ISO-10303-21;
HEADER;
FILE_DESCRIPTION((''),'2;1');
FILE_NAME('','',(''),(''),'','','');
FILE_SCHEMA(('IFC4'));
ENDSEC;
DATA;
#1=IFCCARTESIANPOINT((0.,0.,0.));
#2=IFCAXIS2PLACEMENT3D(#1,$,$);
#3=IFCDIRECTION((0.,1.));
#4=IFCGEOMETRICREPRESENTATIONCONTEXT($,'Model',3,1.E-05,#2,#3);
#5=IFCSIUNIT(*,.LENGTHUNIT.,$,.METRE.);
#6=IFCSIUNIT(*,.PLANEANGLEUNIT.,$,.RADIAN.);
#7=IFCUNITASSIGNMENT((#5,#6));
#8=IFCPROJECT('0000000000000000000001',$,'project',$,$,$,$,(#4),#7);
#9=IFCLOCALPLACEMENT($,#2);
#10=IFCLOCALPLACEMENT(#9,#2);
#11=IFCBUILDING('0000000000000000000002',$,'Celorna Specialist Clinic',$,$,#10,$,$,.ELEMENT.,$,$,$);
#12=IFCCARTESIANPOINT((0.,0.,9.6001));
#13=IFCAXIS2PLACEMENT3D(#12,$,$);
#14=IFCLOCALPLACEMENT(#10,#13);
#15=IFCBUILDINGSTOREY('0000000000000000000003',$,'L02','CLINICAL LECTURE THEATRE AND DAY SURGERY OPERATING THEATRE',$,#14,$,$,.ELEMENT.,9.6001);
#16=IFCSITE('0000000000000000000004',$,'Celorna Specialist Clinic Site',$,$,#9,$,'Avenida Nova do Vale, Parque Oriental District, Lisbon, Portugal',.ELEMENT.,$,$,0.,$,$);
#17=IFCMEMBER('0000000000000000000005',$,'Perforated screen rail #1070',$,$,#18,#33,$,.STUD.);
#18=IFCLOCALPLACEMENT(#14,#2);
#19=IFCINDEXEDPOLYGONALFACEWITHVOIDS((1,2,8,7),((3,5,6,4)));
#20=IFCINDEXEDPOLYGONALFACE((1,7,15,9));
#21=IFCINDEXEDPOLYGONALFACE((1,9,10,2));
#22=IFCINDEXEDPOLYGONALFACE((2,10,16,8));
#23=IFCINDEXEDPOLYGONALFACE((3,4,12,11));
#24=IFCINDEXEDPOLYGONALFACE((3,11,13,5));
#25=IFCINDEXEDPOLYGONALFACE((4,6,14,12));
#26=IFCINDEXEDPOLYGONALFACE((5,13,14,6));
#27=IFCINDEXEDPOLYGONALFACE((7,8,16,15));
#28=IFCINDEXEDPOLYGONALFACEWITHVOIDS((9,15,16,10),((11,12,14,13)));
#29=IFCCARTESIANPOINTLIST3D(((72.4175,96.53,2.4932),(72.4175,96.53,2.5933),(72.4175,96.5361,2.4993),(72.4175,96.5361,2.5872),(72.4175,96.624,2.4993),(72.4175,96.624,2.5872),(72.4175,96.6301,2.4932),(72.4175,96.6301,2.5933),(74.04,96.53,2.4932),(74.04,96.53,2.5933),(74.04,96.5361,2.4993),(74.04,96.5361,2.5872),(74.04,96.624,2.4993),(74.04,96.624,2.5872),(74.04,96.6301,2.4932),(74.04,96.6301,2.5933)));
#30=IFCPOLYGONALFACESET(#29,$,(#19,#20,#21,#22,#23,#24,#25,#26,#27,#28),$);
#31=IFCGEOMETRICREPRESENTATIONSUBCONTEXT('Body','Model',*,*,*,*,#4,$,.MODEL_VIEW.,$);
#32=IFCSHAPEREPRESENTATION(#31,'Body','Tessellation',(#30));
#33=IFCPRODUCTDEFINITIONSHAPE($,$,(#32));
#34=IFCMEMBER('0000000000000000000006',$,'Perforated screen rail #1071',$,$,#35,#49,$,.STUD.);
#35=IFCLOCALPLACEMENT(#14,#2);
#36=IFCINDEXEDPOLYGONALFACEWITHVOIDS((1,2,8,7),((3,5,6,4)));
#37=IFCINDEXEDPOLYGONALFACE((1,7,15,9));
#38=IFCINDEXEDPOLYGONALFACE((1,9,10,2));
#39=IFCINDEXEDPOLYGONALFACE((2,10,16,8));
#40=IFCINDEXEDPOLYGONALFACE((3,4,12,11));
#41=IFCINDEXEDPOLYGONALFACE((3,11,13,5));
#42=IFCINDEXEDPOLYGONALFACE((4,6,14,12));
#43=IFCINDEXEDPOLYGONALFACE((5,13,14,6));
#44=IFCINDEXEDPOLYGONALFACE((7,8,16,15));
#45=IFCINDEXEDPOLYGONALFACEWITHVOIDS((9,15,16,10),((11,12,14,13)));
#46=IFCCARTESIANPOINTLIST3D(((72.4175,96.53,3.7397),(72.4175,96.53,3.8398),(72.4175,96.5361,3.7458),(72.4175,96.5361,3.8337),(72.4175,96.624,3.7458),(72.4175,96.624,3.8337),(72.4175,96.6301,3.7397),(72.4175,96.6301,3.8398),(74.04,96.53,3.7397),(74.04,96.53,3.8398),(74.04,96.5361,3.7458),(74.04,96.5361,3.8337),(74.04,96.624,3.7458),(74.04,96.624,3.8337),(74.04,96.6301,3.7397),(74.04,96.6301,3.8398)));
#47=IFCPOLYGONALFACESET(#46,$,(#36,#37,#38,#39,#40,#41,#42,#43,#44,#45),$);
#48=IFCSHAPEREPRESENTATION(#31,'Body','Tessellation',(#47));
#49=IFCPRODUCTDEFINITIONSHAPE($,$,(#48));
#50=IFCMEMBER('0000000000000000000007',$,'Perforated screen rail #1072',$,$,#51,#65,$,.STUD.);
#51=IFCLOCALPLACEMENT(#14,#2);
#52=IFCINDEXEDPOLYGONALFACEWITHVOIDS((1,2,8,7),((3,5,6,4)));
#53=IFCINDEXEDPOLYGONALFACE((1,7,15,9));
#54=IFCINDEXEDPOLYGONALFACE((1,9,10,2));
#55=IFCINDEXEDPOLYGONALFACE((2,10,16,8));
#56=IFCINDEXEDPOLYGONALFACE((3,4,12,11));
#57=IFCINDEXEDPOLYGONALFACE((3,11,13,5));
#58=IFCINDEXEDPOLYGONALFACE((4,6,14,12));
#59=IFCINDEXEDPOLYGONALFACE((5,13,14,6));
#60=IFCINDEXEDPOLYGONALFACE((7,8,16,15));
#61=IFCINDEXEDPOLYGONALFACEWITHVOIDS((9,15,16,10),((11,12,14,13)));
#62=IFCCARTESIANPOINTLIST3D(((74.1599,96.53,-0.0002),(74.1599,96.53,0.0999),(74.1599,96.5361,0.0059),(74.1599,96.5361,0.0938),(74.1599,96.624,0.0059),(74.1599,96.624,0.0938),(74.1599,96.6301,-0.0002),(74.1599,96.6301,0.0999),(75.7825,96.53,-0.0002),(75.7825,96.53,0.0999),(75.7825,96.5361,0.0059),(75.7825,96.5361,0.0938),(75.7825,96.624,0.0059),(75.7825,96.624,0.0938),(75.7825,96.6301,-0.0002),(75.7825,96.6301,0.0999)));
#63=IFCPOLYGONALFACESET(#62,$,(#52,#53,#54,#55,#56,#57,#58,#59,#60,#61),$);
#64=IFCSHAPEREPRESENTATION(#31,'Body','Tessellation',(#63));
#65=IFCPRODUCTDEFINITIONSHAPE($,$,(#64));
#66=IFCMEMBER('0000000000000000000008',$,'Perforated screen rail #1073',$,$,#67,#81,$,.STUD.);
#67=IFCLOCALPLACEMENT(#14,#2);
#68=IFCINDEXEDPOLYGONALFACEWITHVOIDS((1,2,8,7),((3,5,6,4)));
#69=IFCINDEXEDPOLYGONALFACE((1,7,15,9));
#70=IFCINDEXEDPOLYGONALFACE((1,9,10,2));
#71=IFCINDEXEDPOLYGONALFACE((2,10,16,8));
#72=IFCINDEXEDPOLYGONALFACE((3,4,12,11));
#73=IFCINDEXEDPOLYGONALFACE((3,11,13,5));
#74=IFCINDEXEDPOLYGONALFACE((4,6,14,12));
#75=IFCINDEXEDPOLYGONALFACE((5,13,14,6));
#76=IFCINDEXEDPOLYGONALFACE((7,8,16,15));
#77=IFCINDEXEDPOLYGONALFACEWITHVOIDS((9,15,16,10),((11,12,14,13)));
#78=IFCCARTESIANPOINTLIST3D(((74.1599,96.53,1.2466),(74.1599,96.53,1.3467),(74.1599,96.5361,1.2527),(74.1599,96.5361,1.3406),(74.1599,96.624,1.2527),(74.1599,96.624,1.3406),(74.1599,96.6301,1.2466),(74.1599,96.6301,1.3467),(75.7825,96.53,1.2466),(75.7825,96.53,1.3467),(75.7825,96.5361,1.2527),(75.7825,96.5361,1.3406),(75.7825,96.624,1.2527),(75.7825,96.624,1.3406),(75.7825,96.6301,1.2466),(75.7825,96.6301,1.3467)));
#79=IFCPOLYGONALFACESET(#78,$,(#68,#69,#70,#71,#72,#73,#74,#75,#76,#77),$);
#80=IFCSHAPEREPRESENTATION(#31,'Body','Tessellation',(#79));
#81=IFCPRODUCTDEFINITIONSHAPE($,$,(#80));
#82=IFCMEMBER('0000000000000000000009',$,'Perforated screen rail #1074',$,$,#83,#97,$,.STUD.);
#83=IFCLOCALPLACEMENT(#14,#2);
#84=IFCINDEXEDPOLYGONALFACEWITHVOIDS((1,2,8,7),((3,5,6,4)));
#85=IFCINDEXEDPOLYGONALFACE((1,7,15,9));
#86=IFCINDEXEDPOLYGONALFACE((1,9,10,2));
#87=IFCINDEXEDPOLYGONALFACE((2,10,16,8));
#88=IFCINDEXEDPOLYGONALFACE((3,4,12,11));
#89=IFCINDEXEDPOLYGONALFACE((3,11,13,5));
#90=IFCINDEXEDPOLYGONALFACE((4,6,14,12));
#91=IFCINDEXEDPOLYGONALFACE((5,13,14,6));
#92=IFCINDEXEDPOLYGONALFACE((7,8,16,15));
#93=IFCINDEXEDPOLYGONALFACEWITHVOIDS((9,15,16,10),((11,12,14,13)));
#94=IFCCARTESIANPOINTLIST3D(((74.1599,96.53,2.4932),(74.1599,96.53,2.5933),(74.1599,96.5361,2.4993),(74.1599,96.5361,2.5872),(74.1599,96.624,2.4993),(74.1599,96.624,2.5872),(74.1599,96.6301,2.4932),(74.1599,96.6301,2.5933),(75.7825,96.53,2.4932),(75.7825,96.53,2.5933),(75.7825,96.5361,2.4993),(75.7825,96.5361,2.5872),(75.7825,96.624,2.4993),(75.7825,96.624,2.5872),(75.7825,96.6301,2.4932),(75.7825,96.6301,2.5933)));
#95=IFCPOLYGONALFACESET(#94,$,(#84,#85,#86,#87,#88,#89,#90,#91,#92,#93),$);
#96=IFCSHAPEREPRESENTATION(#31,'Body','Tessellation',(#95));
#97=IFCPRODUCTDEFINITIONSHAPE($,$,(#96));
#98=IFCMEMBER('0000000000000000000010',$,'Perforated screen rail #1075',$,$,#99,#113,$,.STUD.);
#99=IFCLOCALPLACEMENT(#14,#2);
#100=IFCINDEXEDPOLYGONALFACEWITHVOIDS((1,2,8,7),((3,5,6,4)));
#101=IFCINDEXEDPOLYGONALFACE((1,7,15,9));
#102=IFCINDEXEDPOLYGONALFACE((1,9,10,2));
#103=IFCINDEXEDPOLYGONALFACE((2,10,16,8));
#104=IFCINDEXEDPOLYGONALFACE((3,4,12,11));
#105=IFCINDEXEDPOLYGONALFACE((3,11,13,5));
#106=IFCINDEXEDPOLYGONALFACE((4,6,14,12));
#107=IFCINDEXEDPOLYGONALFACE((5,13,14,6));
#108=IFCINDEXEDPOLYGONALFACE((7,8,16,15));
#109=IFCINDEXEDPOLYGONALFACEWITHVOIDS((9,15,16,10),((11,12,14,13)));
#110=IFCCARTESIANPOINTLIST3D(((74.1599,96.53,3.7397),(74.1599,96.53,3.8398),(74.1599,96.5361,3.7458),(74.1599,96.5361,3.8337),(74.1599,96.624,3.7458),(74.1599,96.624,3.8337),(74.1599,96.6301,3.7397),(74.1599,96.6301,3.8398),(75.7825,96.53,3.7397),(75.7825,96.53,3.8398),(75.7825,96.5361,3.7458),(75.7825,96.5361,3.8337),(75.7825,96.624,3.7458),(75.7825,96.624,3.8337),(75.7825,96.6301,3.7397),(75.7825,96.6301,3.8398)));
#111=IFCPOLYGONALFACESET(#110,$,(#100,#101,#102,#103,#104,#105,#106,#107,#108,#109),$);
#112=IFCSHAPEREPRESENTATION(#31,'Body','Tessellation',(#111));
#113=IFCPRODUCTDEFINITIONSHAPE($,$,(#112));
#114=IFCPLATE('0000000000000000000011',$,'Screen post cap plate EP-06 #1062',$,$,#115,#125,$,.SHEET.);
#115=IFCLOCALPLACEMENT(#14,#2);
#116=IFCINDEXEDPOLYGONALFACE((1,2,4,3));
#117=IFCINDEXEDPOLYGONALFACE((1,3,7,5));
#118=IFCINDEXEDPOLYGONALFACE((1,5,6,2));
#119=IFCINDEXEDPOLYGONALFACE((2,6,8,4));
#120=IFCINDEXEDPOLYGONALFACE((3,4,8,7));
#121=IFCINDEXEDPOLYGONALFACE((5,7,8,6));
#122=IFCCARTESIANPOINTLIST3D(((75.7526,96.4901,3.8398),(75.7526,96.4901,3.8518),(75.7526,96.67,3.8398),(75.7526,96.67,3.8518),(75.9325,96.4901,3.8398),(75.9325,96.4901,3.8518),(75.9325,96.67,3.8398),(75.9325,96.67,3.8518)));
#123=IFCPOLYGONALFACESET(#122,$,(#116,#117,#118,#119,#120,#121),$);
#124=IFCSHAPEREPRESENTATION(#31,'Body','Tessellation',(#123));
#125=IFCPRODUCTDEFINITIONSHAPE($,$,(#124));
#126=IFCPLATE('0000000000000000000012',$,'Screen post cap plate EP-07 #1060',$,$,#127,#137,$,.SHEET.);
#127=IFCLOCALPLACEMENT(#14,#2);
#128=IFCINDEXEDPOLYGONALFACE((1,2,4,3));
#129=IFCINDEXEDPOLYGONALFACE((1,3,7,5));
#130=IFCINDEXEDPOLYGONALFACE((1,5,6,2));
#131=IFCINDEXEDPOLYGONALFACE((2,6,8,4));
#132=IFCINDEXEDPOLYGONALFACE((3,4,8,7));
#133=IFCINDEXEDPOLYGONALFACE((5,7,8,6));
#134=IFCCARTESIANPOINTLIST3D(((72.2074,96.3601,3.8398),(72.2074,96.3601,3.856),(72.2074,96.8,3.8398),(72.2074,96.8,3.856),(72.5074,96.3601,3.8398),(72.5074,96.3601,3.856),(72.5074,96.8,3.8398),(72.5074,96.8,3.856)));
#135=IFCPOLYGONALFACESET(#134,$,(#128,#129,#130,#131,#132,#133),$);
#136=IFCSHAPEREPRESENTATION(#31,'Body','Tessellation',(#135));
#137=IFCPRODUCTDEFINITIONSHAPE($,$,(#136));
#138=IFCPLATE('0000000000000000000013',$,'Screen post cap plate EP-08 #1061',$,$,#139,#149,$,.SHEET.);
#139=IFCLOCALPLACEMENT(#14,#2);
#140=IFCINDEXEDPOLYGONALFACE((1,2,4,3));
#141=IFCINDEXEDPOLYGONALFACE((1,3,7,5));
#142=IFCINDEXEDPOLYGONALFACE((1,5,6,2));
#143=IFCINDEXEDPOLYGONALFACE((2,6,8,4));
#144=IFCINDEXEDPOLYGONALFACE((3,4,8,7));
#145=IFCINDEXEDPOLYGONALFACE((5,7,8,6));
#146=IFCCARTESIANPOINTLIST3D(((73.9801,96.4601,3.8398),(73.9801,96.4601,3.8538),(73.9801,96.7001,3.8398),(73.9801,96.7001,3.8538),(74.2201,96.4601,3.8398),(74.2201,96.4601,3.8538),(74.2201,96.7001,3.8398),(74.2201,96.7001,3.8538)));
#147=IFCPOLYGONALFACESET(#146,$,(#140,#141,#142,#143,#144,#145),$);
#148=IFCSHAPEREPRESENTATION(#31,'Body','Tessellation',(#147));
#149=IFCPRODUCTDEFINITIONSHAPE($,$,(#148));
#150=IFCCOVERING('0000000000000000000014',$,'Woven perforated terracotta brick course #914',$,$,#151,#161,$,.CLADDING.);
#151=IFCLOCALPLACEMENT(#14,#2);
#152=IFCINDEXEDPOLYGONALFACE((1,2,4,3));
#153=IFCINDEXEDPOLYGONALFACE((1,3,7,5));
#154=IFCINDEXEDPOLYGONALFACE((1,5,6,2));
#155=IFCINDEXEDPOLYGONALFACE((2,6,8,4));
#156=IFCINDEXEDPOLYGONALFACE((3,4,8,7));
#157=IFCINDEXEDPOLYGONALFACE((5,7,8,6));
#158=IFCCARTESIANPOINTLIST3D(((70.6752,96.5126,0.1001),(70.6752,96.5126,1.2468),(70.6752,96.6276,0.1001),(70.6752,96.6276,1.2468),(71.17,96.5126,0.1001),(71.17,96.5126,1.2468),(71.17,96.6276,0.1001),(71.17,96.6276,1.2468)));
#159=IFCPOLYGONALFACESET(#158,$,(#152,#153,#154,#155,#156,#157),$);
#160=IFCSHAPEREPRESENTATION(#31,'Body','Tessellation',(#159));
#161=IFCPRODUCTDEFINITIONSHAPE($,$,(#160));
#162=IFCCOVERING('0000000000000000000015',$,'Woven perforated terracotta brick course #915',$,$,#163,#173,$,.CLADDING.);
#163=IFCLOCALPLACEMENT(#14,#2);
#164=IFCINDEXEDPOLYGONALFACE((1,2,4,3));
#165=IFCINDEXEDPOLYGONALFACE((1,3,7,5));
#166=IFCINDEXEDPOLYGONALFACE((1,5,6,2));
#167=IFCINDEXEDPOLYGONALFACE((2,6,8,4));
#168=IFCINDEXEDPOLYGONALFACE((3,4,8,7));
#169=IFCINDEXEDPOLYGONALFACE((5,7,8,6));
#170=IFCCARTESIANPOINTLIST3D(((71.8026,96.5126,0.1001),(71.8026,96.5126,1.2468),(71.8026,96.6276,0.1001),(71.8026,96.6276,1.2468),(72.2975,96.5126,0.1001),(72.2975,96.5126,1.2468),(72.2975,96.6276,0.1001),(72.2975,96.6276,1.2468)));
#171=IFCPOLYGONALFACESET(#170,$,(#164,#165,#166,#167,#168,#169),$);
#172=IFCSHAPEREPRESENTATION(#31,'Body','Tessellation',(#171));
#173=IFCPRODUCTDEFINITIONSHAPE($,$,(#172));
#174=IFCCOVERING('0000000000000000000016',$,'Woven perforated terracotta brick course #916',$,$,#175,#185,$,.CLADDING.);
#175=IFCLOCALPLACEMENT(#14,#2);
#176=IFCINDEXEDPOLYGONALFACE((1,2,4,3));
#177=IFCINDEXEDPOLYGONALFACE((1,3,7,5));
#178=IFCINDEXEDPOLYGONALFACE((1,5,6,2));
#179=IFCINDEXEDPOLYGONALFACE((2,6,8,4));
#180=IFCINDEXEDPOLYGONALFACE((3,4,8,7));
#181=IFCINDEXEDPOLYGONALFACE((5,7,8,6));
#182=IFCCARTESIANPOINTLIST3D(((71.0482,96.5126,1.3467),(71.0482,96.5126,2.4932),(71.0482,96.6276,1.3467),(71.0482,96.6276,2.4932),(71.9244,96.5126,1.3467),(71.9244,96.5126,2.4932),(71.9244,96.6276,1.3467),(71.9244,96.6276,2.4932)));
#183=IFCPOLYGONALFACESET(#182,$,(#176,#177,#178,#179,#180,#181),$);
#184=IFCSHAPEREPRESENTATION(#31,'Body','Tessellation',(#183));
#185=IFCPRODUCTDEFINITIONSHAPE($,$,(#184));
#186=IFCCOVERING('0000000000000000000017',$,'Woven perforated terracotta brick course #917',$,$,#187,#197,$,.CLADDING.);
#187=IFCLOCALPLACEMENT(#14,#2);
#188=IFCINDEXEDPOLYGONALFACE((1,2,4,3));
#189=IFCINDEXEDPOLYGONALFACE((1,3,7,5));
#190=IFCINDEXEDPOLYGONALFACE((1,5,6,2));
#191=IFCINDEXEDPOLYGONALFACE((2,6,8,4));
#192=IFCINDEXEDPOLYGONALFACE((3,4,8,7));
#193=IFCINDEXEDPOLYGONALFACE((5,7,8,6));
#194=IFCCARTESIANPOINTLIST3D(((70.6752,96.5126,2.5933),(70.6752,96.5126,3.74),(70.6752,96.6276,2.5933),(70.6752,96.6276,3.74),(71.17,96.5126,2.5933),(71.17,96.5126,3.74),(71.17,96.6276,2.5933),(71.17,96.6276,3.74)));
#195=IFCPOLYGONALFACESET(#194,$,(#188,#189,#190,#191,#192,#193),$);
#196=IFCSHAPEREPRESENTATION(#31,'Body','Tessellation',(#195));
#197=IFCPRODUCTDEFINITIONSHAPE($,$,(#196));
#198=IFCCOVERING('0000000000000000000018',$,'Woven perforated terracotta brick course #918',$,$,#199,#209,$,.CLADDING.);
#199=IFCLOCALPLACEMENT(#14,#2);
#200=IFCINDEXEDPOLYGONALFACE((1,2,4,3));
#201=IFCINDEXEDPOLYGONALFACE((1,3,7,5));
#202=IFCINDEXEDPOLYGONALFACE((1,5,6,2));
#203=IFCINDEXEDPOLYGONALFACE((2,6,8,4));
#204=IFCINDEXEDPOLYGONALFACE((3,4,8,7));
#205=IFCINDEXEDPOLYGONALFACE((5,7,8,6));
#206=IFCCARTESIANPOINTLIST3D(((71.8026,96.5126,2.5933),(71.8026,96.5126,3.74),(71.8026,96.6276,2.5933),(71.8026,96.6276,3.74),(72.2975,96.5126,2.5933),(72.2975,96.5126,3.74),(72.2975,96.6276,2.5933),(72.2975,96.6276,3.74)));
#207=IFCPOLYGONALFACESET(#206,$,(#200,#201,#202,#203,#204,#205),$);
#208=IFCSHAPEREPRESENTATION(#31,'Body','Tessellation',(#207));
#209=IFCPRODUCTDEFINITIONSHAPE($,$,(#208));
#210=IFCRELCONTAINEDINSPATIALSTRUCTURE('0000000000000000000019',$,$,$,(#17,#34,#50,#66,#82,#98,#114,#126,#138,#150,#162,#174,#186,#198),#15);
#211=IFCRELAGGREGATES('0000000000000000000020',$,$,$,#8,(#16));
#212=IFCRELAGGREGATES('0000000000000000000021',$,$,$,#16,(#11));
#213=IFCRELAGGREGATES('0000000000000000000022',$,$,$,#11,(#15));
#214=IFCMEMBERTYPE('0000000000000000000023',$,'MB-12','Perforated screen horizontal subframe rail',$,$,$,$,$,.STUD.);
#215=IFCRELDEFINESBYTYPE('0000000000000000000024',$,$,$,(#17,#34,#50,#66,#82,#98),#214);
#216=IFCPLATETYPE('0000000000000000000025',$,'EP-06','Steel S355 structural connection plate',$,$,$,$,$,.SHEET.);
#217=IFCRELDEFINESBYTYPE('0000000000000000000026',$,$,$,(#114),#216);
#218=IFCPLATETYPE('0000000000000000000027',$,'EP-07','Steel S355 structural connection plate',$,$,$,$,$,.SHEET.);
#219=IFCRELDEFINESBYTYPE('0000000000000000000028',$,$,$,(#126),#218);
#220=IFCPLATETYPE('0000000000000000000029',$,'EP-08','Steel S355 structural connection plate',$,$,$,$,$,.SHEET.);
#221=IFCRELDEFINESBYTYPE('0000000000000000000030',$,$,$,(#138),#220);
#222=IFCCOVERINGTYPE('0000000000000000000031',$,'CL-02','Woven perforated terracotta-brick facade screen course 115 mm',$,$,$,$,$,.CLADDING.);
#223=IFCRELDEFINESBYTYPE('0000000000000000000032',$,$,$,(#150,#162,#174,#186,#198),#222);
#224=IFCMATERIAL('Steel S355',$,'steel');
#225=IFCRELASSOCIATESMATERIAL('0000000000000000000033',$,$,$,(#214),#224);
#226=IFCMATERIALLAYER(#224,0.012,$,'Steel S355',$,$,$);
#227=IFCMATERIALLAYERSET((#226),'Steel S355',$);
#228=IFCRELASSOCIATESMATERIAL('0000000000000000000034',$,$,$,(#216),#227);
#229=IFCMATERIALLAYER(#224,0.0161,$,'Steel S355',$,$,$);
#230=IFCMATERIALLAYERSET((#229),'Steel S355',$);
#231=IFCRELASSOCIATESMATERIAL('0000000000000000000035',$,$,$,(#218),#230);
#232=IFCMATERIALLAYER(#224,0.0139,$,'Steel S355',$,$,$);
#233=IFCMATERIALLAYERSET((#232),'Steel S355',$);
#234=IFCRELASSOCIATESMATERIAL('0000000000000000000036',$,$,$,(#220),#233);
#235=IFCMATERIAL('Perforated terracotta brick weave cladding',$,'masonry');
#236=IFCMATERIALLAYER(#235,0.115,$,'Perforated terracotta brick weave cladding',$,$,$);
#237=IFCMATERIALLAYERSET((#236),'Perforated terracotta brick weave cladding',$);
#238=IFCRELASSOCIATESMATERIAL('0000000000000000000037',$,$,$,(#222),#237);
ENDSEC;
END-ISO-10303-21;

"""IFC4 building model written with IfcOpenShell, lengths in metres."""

from ifc_helpers import new_model, si_unit, direction, frame, origin, origin_2d, place, context, subcontext, project, spatial, rectangle, hollow_rectangle, extrude, material, layer, layer_set, material_profile, profile_set, type_object, element, save


model = new_model("IFC4")

# Units and contexts
model_context = context("Model", 3, precision=1e-05, world=origin(), true_north=direction((0.0, 1.0)))
body_context = subcontext(model_context, "Body", "Model", "MODEL_VIEW")
ifc_project = project(units=[si_unit("LENGTHUNIT", "METRE"), si_unit("PLANEANGLEUNIT", "RADIAN")], contexts=[model_context])

# Site, building, storey
site_placement = place(None, origin())
site = spatial("IfcSite", under=ifc_project, at=site_placement, Name="Celorna Specialist Clinic Site", LongName="Avenida Nova do Vale, Parque Oriental District, Lisbon, Portugal", CompositionType="ELEMENT", RefElevation=0.0)
building_placement = place(site_placement, origin())
building = spatial("IfcBuilding", under=site, at=building_placement, Name="Celorna Specialist Clinic", CompositionType="ELEMENT")
storey_placement = place(building_placement, frame((0.0, 0.0, 9.6001)))
storey = spatial("IfcBuildingStorey", under=building, at=storey_placement, Name="L02", Description="CLINICAL LECTURE THEATRE AND DAY SURGERY OPERATING THEATRE", CompositionType="ELEMENT", Elevation=9.6001)

# Shared definitions
ifc_material_1 = material(Name="Steel S355", Category="steel")

# Members
ifc_material_profile_1 = material_profile(ifc_material_1, hollow_rectangle(XDim=0.1001, YDim=0.1001, WallThickness=0.0061, at=origin_2d()), Name="SHS 100x100x6")
ifc_profile_set_1 = profile_set([ifc_material_profile_1], Name="Steel S355")
member_type_1 = type_object("IfcMemberType", Name="MB-12", Description="Perforated screen horizontal subframe rail", PredefinedType="STUD", material=ifc_profile_set_1)
for number, where, z_axis, x_axis, name in (
    (1, (72.4175, 96.5801, 2.5432), (1.0, 0.0, 0.0), (0.0, 1.0, 0.0), "Perforated screen rail #1070"),
    (2, (72.4175, 96.5801, 3.7898), (1.0, 0.0, 0.0), (0.0, 1.0, 0.0), "Perforated screen rail #1071"),
    (3, (74.1599, 96.5801, 0.0498), (1.0, 0.0, 0.0), (0.0, 1.0, 0.0), "Perforated screen rail #1072"),
    (4, (74.1599, 96.5801, 1.2966), (1.0, 0.0, 0.0), (0.0, 1.0, 0.0), "Perforated screen rail #1073"),
    (5, (74.1599, 96.5801, 2.5432), (1.0, 0.0, 0.0), (0.0, 1.0, 0.0), "Perforated screen rail #1074"),
    (6, (74.1599, 96.5801, 3.7898), (1.0, 0.0, 0.0), (0.0, 1.0, 0.0), "Perforated screen rail #1075"),
):
    element("IfcMember", number, at=place(storey_placement, frame(where, z_axis=z_axis, x_axis=x_axis)), inside=storey, type_object=member_type_1, Name=name, PredefinedType="STUD", context=body_context, shape_type="SweptSolid", body=[
        extrude(hollow_rectangle(XDim=0.1001, YDim=0.1001, WallThickness=0.0061, at=origin_2d()), origin(), (0.0, 0.0, 1.0), 1.6226),
    ])

# Plates
ifc_layer_1 = layer(ifc_material_1, 0.012, Name="Steel S355")
ifc_layer_set_1 = layer_set([ifc_layer_1], Name="Steel S355")
plate_type_1 = type_object("IfcPlateType", Name="EP-06", Description="Steel S355 structural connection plate", PredefinedType="SHEET", material=ifc_layer_set_1)
plate_1_placement = place(storey_placement, frame((75.8425, 96.5801, 3.8398), z_axis=(0.0, 0.0, 1.0), x_axis=(1.0, 0.0, 0.0)))
element("IfcPlate", 7, at=plate_1_placement, inside=storey, type_object=plate_type_1, Name="Screen post cap plate EP-06 #1062", PredefinedType="SHEET", context=body_context, shape_type="SweptSolid", body=[
    extrude(rectangle(XDim=0.1799, YDim=0.1799, at=origin_2d()), origin(), (0.0, 0.0, 1.0), 0.012),
])
ifc_layer_2 = layer(ifc_material_1, 0.0161, Name="Steel S355")
ifc_layer_set_2 = layer_set([ifc_layer_2], Name="Steel S355")
plate_type_2 = type_object("IfcPlateType", Name="EP-07", Description="Steel S355 structural connection plate", PredefinedType="SHEET", material=ifc_layer_set_2)
plate_2_placement = place(storey_placement, frame((72.3574, 96.5801, 3.8398), z_axis=(0.0, 0.0, 1.0), x_axis=(1.0, 0.0, 0.0)))
element("IfcPlate", 8, at=plate_2_placement, inside=storey, type_object=plate_type_2, Name="Screen post cap plate EP-07 #1060", PredefinedType="SHEET", context=body_context, shape_type="SweptSolid", body=[
    extrude(rectangle(XDim=0.3, YDim=0.4399, at=origin_2d()), origin(), (0.0, 0.0, 1.0), 0.0161),
])
ifc_layer_3 = layer(ifc_material_1, 0.0139, Name="Steel S355")
ifc_layer_set_3 = layer_set([ifc_layer_3], Name="Steel S355")
plate_type_3 = type_object("IfcPlateType", Name="EP-08", Description="Steel S355 structural connection plate", PredefinedType="SHEET", material=ifc_layer_set_3)
plate_3_placement = place(storey_placement, frame((74.1001, 96.5801, 3.8398), z_axis=(0.0, 0.0, 1.0), x_axis=(1.0, 0.0, 0.0)))
element("IfcPlate", 9, at=plate_3_placement, inside=storey, type_object=plate_type_3, Name="Screen post cap plate EP-08 #1061", PredefinedType="SHEET", context=body_context, shape_type="SweptSolid", body=[
    extrude(rectangle(XDim=0.24, YDim=0.24, at=origin_2d()), origin(), (0.0, 0.0, 1.0), 0.0139),
])

# Coverings
ifc_material_2 = material(Name="Perforated terracotta brick weave cladding", Category="masonry")
ifc_layer_4 = layer(ifc_material_2, 0.115, Name="Perforated terracotta brick weave cladding")
ifc_layer_set_4 = layer_set([ifc_layer_4], Name="Perforated terracotta brick weave cladding")
covering_type = type_object("IfcCoveringType", Name="CL-02", Description="Woven perforated terracotta-brick facade screen course 115 mm", PredefinedType="CLADDING", material=ifc_layer_set_4)
for number, where, z_axis, x_axis, name in (
    (10, (70.9226, 96.5701, 0.1001), (0.0, 0.0, 1.0), (1.0, 0.0, 0.0), "Woven perforated terracotta brick course #914"),
    (11, (72.05, 96.5701, 0.1001), (0.0, 0.0, 1.0), (1.0, 0.0, 0.0), "Woven perforated terracotta brick course #915"),
):
    element("IfcCovering", number, at=place(storey_placement, frame(where, z_axis=z_axis, x_axis=x_axis)), inside=storey, type_object=covering_type, Name=name, PredefinedType="CLADDING", context=body_context, shape_type="SweptSolid", body=[
        extrude(rectangle(XDim=0.4949, YDim=0.115, at=origin_2d()), origin(), (0.0, 0.0, 1.0), 1.1467),
    ])
covering_1_placement = place(storey_placement, frame((71.4863, 96.5701, 1.3467), z_axis=(0.0, 0.0, 1.0), x_axis=(1.0, 0.0, 0.0)))
element("IfcCovering", 12, at=covering_1_placement, inside=storey, type_object=covering_type, Name="Woven perforated terracotta brick course #916", PredefinedType="CLADDING", context=body_context, shape_type="SweptSolid", body=[
    extrude(rectangle(XDim=0.8762, YDim=0.115, at=origin_2d()), origin(), (0.0, 0.0, 1.0), 1.1465),
])
for number, where, z_axis, x_axis, name in (
    (13, (70.9226, 96.5701, 2.5933), (0.0, 0.0, 1.0), (1.0, 0.0, 0.0), "Woven perforated terracotta brick course #917"),
    (14, (72.05, 96.5701, 2.5933), (0.0, 0.0, 1.0), (1.0, 0.0, 0.0), "Woven perforated terracotta brick course #918"),
):
    element("IfcCovering", number, at=place(storey_placement, frame(where, z_axis=z_axis, x_axis=x_axis)), inside=storey, type_object=covering_type, Name=name, PredefinedType="CLADDING", context=body_context, shape_type="SweptSolid", body=[
        extrude(rectangle(XDim=0.4949, YDim=0.115, at=origin_2d()), origin(), (0.0, 0.0, 1.0), 1.1467),
    ])

save(model, "model.ifc")
